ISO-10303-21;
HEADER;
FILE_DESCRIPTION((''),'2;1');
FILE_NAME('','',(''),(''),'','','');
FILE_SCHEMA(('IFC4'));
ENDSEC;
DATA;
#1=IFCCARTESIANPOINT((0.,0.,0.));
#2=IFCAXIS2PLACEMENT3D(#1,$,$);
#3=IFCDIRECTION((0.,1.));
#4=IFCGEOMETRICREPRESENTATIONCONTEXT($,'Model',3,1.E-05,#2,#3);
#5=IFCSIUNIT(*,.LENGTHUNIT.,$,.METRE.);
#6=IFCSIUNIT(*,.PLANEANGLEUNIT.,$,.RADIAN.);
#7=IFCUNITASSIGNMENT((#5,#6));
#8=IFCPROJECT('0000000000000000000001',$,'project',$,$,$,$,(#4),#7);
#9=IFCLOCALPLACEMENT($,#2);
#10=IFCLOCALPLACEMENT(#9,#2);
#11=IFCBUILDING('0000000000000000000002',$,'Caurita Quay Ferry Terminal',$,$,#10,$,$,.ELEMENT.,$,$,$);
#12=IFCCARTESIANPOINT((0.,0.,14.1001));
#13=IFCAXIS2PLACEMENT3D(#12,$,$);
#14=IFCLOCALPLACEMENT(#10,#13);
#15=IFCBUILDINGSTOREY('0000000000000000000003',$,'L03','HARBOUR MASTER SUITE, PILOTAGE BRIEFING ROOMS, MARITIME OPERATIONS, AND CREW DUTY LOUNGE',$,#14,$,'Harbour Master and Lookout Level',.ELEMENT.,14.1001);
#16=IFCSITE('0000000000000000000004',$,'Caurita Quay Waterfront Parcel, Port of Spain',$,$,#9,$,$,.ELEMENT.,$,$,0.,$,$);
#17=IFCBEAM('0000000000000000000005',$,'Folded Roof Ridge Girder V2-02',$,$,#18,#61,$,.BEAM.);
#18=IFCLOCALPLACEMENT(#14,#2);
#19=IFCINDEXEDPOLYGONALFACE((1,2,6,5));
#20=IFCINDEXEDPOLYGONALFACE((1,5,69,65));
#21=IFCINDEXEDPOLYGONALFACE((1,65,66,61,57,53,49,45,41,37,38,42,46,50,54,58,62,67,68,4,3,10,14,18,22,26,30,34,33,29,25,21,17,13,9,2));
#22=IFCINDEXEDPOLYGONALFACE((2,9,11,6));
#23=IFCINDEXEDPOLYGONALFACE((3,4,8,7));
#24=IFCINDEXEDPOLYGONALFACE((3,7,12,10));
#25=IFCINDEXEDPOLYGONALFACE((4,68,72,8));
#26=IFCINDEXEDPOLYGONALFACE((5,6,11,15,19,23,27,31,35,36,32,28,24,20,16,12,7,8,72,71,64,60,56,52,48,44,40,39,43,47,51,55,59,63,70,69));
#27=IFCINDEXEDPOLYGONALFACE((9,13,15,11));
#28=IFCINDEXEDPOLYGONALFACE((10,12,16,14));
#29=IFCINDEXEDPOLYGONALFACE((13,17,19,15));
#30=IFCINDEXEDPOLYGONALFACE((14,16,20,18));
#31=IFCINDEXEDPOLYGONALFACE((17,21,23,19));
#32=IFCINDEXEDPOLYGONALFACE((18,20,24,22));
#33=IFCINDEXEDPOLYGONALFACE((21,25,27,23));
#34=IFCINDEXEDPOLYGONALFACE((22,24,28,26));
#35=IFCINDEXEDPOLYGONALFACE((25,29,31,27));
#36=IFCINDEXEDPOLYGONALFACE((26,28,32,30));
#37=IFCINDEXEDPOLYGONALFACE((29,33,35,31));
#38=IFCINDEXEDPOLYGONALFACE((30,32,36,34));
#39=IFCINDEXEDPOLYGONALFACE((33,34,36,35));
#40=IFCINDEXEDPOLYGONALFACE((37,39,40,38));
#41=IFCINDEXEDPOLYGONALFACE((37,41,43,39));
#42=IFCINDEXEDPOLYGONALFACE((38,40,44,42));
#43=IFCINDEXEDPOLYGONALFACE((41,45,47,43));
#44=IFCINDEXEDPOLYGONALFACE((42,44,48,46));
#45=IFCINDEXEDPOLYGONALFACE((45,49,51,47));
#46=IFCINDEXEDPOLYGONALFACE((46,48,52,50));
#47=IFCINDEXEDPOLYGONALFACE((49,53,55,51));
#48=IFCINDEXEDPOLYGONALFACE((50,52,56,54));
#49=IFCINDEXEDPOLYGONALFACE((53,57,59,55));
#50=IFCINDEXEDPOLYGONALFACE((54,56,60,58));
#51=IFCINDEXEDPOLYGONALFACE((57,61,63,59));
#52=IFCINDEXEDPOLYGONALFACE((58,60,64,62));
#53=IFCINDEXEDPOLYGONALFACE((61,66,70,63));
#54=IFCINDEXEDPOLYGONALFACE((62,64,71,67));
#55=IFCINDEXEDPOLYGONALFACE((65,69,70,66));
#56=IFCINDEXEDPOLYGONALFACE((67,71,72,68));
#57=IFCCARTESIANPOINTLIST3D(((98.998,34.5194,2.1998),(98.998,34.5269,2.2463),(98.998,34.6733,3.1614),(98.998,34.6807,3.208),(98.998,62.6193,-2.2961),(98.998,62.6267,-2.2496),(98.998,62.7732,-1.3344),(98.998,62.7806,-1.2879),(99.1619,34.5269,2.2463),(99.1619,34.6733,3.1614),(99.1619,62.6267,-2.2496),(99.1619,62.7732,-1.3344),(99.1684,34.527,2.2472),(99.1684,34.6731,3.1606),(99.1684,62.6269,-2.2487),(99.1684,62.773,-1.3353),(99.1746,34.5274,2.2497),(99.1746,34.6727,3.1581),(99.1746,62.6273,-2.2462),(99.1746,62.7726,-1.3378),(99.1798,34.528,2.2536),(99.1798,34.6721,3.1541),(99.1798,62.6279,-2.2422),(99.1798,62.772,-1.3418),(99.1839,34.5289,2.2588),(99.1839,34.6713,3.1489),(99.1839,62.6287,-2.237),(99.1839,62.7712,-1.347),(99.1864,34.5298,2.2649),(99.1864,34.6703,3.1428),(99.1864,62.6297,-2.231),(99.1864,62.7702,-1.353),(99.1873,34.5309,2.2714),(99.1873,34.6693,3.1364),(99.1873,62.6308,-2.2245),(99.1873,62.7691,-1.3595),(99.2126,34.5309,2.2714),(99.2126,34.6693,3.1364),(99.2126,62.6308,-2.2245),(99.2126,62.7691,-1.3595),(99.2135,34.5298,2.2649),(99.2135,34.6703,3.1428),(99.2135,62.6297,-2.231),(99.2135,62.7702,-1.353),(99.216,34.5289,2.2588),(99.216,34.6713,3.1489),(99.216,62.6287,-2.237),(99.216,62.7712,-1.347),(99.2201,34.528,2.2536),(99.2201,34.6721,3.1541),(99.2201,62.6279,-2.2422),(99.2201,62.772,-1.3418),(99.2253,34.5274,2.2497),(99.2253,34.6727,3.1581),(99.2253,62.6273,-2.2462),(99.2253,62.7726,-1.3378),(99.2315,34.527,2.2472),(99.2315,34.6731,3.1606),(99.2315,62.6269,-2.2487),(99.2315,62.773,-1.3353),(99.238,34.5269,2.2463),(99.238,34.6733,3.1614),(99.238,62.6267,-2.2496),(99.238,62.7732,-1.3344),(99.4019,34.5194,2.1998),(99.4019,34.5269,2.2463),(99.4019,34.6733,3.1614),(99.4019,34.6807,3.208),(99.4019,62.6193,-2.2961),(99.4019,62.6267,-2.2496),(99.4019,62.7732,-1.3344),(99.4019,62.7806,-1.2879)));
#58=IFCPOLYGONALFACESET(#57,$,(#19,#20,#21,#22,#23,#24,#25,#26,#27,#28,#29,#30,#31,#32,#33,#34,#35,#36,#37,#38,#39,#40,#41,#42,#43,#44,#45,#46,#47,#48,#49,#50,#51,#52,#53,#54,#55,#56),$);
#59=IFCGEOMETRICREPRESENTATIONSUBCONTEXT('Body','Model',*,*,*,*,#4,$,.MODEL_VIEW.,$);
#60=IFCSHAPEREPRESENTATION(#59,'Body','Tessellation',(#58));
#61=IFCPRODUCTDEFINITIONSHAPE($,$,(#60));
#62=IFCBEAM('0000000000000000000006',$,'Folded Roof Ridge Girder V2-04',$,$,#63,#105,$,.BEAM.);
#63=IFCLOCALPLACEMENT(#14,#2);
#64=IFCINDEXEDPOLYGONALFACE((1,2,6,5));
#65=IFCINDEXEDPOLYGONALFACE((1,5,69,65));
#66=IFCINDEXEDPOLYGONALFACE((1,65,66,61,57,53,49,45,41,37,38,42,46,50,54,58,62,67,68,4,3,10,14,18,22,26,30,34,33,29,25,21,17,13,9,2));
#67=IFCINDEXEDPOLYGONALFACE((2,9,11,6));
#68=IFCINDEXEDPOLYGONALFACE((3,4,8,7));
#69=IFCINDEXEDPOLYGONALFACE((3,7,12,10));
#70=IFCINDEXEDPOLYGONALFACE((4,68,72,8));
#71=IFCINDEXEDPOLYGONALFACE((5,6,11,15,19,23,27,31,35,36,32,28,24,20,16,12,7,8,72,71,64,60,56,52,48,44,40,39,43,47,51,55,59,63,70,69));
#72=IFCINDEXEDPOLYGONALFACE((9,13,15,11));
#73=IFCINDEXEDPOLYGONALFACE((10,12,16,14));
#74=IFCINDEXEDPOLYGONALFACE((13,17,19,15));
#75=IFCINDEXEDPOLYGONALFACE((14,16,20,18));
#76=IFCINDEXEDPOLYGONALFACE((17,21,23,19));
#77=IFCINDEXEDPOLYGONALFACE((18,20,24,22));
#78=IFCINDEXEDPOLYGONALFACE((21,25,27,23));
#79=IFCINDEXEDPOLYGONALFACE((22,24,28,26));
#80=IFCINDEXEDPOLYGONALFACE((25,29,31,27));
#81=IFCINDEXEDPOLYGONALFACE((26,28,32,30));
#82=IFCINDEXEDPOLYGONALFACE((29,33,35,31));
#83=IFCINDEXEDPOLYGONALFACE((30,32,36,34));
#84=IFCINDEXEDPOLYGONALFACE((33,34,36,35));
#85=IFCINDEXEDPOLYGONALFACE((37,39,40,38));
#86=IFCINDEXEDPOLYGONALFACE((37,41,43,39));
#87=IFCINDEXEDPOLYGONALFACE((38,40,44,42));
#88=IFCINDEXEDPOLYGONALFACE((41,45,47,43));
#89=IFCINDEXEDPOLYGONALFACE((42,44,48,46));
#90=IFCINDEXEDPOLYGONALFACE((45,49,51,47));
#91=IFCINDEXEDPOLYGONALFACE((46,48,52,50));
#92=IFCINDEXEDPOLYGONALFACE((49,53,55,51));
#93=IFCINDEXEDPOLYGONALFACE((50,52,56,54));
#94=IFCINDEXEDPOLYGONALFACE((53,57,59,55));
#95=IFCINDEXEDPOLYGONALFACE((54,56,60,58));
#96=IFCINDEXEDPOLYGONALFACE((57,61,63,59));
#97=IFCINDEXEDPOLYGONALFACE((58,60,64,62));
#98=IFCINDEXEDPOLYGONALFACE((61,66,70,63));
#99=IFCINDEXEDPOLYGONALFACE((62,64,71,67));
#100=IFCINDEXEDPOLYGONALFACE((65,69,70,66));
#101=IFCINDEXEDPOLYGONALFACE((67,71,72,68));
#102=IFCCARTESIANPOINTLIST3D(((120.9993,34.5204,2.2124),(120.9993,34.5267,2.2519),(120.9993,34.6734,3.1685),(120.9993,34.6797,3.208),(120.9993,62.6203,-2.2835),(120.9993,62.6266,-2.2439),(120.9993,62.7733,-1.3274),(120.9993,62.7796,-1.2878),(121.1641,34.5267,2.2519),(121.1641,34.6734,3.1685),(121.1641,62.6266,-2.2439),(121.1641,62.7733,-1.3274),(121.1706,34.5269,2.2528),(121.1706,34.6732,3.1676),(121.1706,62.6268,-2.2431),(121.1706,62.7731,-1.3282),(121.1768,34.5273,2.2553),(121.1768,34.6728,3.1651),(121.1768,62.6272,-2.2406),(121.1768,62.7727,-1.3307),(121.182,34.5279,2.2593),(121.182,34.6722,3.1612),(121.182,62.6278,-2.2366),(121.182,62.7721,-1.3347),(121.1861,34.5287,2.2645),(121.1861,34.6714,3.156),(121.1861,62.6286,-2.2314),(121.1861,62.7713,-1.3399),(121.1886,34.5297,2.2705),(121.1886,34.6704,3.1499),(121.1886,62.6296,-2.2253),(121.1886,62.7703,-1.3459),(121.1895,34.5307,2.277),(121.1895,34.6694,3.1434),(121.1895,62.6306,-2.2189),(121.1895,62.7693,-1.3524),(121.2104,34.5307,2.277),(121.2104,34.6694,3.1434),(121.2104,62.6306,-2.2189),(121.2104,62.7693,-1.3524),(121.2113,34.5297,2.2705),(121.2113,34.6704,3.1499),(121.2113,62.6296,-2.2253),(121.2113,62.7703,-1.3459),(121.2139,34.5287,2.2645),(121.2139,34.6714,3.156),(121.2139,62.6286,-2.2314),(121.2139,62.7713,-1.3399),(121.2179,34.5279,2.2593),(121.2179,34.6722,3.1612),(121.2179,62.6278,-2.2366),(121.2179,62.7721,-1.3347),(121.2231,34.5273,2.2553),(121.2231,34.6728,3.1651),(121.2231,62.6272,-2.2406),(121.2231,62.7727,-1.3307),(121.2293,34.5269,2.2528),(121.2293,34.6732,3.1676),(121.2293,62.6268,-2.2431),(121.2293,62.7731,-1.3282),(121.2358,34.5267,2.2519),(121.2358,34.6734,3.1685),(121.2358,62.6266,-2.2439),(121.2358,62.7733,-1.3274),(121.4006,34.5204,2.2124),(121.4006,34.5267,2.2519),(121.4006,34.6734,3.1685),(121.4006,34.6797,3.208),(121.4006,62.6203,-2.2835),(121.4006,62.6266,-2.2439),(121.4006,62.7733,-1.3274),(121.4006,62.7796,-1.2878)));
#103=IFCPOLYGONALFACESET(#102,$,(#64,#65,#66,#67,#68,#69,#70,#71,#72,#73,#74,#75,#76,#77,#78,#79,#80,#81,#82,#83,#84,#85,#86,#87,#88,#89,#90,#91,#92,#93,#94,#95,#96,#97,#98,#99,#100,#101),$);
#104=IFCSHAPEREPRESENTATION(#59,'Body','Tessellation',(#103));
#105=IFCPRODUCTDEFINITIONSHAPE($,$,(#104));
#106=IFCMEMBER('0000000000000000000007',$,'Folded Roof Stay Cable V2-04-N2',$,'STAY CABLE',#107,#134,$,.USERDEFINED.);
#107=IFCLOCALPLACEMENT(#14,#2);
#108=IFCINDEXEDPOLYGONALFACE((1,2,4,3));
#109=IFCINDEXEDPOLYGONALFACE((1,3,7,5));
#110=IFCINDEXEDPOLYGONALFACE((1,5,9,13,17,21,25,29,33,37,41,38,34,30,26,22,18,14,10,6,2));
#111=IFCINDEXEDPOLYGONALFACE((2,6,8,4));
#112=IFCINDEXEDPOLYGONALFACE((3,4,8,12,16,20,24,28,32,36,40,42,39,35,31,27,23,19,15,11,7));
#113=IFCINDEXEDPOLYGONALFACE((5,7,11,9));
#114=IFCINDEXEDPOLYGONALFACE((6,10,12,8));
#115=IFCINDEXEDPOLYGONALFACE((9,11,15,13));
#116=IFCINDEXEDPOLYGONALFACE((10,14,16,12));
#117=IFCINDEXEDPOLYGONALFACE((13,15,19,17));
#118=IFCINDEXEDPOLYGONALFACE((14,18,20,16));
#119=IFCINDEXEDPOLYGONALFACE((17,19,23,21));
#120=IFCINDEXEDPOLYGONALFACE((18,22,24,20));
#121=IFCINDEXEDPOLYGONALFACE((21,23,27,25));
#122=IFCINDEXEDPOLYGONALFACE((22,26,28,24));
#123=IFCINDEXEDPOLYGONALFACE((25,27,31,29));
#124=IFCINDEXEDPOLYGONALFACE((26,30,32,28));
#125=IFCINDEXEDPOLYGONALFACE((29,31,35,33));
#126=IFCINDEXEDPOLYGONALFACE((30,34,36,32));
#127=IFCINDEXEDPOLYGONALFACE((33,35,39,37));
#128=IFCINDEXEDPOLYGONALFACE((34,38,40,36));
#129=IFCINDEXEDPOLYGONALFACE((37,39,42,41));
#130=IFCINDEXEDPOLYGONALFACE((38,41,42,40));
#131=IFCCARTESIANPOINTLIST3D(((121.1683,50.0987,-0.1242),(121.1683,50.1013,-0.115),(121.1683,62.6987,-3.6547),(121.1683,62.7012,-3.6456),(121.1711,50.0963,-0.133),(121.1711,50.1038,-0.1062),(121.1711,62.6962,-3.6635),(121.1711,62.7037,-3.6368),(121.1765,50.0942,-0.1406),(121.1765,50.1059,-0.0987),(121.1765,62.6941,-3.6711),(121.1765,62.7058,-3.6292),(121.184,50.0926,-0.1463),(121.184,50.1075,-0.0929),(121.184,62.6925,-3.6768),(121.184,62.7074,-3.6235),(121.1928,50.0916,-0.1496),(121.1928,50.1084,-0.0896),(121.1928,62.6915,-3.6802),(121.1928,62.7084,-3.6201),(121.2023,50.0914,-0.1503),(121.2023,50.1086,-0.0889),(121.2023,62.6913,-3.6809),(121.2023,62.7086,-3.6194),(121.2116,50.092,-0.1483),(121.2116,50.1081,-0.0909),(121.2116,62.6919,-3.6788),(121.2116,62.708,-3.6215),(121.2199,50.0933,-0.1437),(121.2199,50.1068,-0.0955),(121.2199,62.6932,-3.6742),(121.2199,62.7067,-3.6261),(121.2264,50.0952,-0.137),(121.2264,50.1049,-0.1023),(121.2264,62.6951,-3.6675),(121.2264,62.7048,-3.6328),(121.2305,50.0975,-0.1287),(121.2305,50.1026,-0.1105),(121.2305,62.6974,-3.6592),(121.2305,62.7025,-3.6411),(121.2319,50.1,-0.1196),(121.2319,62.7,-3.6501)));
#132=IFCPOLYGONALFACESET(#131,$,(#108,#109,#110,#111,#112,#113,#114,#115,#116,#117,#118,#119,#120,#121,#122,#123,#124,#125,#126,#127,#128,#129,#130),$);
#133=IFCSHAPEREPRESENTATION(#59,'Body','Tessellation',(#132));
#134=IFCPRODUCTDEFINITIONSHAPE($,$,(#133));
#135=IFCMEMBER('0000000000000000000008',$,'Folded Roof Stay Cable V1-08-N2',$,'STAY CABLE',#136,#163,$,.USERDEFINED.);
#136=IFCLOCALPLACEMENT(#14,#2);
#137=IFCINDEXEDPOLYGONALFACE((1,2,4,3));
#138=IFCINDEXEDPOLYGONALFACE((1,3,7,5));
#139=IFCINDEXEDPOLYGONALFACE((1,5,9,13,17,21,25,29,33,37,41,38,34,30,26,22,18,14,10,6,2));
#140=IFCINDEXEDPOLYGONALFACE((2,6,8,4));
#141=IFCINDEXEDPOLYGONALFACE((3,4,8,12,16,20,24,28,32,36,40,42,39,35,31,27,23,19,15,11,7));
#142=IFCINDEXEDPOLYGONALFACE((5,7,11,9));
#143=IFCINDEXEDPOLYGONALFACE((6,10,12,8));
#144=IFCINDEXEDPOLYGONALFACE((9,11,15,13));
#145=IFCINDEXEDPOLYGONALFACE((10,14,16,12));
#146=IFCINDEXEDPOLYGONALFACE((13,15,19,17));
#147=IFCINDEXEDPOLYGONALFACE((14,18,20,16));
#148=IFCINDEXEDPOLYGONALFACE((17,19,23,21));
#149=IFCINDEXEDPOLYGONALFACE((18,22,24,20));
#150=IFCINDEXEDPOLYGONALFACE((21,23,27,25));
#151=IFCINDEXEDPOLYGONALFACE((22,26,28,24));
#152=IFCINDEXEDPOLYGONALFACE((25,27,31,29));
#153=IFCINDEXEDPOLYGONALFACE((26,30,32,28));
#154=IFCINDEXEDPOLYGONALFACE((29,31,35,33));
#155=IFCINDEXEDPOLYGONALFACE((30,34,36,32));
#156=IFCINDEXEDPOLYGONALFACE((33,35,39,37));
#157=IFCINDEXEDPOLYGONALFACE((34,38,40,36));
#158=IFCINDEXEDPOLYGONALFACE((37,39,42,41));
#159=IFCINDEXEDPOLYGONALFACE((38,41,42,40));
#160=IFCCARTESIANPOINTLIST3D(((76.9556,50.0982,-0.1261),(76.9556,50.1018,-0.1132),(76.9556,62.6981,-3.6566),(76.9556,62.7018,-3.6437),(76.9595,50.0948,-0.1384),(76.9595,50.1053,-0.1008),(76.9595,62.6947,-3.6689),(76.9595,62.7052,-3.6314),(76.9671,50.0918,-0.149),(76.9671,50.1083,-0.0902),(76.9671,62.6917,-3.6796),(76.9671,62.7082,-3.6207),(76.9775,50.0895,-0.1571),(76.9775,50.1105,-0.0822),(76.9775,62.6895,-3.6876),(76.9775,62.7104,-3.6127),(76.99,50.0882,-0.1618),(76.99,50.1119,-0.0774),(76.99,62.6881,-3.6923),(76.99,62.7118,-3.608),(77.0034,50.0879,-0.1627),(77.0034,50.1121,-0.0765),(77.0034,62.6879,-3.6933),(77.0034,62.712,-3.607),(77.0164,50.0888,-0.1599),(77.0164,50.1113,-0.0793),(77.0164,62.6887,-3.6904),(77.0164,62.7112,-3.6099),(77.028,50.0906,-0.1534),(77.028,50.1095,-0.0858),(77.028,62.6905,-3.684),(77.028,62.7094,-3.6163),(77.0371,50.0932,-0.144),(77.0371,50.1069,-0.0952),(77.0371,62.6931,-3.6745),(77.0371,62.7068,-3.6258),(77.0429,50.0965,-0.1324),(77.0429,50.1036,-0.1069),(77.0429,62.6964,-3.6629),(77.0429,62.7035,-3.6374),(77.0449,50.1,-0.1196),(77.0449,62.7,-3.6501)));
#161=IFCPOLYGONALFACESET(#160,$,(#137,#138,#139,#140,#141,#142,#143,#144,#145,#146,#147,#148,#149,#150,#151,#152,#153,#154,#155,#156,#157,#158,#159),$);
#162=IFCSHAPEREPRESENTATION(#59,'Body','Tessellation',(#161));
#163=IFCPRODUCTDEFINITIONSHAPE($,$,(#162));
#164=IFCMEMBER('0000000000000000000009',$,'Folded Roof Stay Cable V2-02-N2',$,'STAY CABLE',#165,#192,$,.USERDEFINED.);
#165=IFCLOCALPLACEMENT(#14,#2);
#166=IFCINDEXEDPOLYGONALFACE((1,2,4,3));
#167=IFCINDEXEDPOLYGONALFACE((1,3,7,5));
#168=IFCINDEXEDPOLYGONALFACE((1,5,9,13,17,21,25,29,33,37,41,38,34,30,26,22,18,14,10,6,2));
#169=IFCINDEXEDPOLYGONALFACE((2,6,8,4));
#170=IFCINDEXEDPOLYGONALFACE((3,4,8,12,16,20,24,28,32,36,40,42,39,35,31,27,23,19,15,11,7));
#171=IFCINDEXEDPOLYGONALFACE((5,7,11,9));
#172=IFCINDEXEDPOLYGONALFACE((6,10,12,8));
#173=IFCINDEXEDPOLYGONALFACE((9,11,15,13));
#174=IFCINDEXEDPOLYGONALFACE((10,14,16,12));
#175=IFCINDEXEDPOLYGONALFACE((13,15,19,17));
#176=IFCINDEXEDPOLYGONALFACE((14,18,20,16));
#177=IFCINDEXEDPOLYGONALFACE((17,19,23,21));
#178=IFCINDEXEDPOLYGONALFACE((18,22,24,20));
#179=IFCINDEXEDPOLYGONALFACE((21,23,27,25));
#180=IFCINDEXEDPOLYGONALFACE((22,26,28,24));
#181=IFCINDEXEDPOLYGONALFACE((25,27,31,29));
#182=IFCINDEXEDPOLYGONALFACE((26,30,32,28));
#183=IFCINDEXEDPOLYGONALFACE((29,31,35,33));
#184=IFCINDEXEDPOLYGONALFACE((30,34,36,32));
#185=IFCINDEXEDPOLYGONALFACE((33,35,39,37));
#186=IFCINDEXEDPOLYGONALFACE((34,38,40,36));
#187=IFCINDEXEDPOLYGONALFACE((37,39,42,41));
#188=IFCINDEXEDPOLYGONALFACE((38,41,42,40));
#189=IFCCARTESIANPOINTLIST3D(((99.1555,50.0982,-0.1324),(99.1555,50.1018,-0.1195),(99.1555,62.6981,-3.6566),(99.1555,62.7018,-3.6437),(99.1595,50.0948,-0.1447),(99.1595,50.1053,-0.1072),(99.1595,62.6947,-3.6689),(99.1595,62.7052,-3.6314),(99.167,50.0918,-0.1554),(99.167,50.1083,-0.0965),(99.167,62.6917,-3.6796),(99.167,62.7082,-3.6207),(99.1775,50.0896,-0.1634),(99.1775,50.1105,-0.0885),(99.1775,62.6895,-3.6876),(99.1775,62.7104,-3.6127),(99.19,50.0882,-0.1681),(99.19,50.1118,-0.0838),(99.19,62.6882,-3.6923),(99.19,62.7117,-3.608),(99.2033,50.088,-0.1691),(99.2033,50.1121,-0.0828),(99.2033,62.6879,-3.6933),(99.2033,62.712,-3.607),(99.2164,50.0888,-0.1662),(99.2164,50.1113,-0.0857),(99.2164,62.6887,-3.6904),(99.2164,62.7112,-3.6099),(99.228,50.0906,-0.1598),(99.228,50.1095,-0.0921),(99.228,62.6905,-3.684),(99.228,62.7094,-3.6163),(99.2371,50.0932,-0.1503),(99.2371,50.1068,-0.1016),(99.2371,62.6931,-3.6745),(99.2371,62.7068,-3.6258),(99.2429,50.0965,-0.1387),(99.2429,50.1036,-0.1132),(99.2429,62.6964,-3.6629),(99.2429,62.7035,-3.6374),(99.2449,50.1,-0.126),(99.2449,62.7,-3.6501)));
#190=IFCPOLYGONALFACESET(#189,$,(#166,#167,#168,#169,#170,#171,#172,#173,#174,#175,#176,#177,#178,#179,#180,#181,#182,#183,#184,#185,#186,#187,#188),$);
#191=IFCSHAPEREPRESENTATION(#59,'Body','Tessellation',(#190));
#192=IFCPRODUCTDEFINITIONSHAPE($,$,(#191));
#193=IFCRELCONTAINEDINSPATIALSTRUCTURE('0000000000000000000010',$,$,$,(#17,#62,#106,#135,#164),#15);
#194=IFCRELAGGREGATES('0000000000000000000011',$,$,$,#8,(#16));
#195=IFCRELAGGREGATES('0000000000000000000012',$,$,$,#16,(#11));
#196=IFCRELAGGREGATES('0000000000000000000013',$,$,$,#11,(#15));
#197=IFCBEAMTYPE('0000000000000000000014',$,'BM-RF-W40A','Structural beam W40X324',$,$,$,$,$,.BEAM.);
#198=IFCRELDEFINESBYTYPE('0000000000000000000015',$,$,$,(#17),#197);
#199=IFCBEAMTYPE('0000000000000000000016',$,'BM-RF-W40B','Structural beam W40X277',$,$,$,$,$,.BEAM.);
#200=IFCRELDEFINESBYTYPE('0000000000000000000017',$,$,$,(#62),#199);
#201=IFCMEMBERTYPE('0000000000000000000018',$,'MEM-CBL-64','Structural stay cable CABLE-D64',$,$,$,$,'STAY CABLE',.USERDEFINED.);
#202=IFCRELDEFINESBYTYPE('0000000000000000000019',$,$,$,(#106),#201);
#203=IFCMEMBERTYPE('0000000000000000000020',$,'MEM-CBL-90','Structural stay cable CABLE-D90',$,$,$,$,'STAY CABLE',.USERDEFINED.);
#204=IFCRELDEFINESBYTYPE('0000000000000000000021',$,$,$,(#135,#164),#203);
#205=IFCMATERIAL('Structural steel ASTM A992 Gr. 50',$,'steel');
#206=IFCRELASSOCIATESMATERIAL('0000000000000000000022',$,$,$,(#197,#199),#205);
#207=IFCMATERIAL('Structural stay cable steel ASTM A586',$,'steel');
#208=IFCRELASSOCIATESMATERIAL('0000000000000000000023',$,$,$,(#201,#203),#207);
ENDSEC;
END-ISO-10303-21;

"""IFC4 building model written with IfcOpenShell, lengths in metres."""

from ifc_helpers import new_model, si_unit, direction, frame, origin, origin_2d, place, context, subcontext, project, spatial, circle, i_section, extrude, material, material_profile, profile_set, type_object, element, save


model = new_model("IFC4")

# Units and contexts
model_context = context("Model", 3, precision=1e-05, world=origin(), true_north=direction((0.0, 1.0)))
body_context = subcontext(model_context, "Body", "Model", "MODEL_VIEW")
ifc_project = project(units=[si_unit("LENGTHUNIT", "METRE"), si_unit("PLANEANGLEUNIT", "RADIAN")], contexts=[model_context])

# Site, building, storey
site_placement = place(None, origin())
site = spatial("IfcSite", under=ifc_project, at=site_placement, Name="Caurita Quay Waterfront Parcel, Port of Spain", CompositionType="ELEMENT", RefElevation=0.0)
building_placement = place(site_placement, origin())
building = spatial("IfcBuilding", under=site, at=building_placement, Name="Caurita Quay Ferry Terminal", CompositionType="ELEMENT")
storey_placement = place(building_placement, frame((0.0, 0.0, 14.1001)))
storey = spatial("IfcBuildingStorey", under=building, at=storey_placement, Name="L03", Description="HARBOUR MASTER SUITE, PILOTAGE BRIEFING ROOMS, MARITIME OPERATIONS, AND CREW DUTY LOUNGE", LongName="Harbour Master and Lookout Level", CompositionType="ELEMENT", Elevation=14.1001)

# Beams
ifc_material_1 = material(Name="Structural steel ASTM A992 Gr. 50", Category="steel")
ifc_material_profile_1 = material_profile(ifc_material_1, i_section(OverallWidth=0.4038, OverallDepth=1.021, WebThickness=0.0254, FlangeThickness=0.0471, FilletRadius=0.0254, at=origin_2d()), Name="W40X324")
ifc_profile_set_1 = profile_set([ifc_material_profile_1], Name="Structural steel ASTM A992 Gr. 50")
beam_type_1 = type_object("IfcBeamType", Name="BM-RF-W40A", Description="Structural beam W40X324", PredefinedType="BEAM", material=ifc_profile_set_1)
beam_1_placement = place(storey_placement, frame((99.2, 62.7, -1.792), z_axis=(0.0, -0.987441, 0.157986), x_axis=(1.0, 0.0, 0.0)))
element("IfcBeam", 1, at=beam_1_placement, inside=storey, type_object=beam_type_1, Name="Folded Roof Ridge Girder V2-02", PredefinedType="BEAM", context=body_context, shape_type="SweptSolid", body=[
    extrude(i_section(OverallWidth=0.4038, OverallDepth=1.021, WebThickness=0.0254, FlangeThickness=0.0471, FilletRadius=0.0254, at=origin_2d()), origin(), (0.0, 0.0, 1.0), 28.4573),
])
ifc_material_profile_2 = material_profile(ifc_material_1, i_section(OverallWidth=0.4014, OverallDepth=1.0083, WebThickness=0.021, FlangeThickness=0.04, FilletRadius=0.0254, at=origin_2d()), Name="W40X277")
ifc_profile_set_2 = profile_set([ifc_material_profile_2], Name="Structural steel ASTM A992 Gr. 50")
beam_type_2 = type_object("IfcBeamType", Name="BM-RF-W40B", Description="Structural beam W40X277", PredefinedType="BEAM", material=ifc_profile_set_2)
beam_2_placement = place(storey_placement, frame((121.2, 62.7, -1.7856), z_axis=(0.0, -0.987441, 0.157986), x_axis=(1.0, 0.0, 0.0)))
element("IfcBeam", 2, at=beam_2_placement, inside=storey, type_object=beam_type_2, Name="Folded Roof Ridge Girder V2-04", PredefinedType="BEAM", context=body_context, shape_type="SweptSolid", body=[
    extrude(i_section(OverallWidth=0.4014, OverallDepth=1.0083, WebThickness=0.021, FlangeThickness=0.04, FilletRadius=0.0254, at=origin_2d()), origin(), (0.0, 0.0, 1.0), 28.4573),
])

# Members
ifc_material_2 = material(Name="Structural stay cable steel ASTM A586", Category="steel")
ifc_material_profile_3 = material_profile(ifc_material_2, circle(Radius=0.032, at=origin_2d()), Name="CABLE-D64")
ifc_profile_set_3 = profile_set([ifc_material_profile_3], Name="Structural stay cable steel ASTM A586")
member_type_1 = type_object("IfcMemberType", Name="MEM-CBL-64", Description="Structural stay cable CABLE-D64", ElementType="STAY CABLE", PredefinedType="USERDEFINED", material=ifc_profile_set_3)
member_1_placement = place(storey_placement, frame((121.2, 62.7, -3.6501), z_axis=(0.0, -0.962913, 0.269811), x_axis=(1.0, 0.0, 0.0)))
element("IfcMember", 3, at=member_1_placement, inside=storey, type_object=member_type_1, Name="Folded Roof Stay Cable V2-04-N2", ObjectType="STAY CABLE", PredefinedType="USERDEFINED", context=body_context, shape_type="SweptSolid", body=[
    extrude(circle(Radius=0.032, at=origin_2d()), origin(), (0.0, 0.0, 1.0), 13.0852),
])
ifc_material_profile_4 = material_profile(ifc_material_2, circle(Radius=0.0449, at=origin_2d()), Name="CABLE-D90")
ifc_profile_set_4 = profile_set([ifc_material_profile_4], Name="Structural stay cable steel ASTM A586")
member_type_2 = type_object("IfcMemberType", Name="MEM-CBL-90", Description="Structural stay cable CABLE-D90", ElementType="STAY CABLE", PredefinedType="USERDEFINED", material=ifc_profile_set_4)
member_2_placement = place(storey_placement, frame((77.0, 62.7, -3.6501), z_axis=(0.0, -0.962913, 0.269811), x_axis=(1.0, 0.0, 0.0)))
element("IfcMember", 4, at=member_2_placement, inside=storey, type_object=member_type_2, Name="Folded Roof Stay Cable V1-08-N2", ObjectType="STAY CABLE", PredefinedType="USERDEFINED", context=body_context, shape_type="SweptSolid", body=[
    extrude(circle(Radius=0.0449, at=origin_2d()), origin(), (0.0, 0.0, 1.0), 13.0852),
])
member_3_placement = place(storey_placement, frame((99.2, 62.7, -3.6501), z_axis=(0.0, -0.963039, 0.269361), x_axis=(1.0, 0.0, 0.0)))
element("IfcMember", 5, at=member_3_placement, inside=storey, type_object=member_type_2, Name="Folded Roof Stay Cable V2-02-N2", ObjectType="STAY CABLE", PredefinedType="USERDEFINED", context=body_context, shape_type="SweptSolid", body=[
    extrude(circle(Radius=0.0449, at=origin_2d()), origin(), (0.0, 0.0, 1.0), 13.0835),
])

save(model, "model.ifc")
